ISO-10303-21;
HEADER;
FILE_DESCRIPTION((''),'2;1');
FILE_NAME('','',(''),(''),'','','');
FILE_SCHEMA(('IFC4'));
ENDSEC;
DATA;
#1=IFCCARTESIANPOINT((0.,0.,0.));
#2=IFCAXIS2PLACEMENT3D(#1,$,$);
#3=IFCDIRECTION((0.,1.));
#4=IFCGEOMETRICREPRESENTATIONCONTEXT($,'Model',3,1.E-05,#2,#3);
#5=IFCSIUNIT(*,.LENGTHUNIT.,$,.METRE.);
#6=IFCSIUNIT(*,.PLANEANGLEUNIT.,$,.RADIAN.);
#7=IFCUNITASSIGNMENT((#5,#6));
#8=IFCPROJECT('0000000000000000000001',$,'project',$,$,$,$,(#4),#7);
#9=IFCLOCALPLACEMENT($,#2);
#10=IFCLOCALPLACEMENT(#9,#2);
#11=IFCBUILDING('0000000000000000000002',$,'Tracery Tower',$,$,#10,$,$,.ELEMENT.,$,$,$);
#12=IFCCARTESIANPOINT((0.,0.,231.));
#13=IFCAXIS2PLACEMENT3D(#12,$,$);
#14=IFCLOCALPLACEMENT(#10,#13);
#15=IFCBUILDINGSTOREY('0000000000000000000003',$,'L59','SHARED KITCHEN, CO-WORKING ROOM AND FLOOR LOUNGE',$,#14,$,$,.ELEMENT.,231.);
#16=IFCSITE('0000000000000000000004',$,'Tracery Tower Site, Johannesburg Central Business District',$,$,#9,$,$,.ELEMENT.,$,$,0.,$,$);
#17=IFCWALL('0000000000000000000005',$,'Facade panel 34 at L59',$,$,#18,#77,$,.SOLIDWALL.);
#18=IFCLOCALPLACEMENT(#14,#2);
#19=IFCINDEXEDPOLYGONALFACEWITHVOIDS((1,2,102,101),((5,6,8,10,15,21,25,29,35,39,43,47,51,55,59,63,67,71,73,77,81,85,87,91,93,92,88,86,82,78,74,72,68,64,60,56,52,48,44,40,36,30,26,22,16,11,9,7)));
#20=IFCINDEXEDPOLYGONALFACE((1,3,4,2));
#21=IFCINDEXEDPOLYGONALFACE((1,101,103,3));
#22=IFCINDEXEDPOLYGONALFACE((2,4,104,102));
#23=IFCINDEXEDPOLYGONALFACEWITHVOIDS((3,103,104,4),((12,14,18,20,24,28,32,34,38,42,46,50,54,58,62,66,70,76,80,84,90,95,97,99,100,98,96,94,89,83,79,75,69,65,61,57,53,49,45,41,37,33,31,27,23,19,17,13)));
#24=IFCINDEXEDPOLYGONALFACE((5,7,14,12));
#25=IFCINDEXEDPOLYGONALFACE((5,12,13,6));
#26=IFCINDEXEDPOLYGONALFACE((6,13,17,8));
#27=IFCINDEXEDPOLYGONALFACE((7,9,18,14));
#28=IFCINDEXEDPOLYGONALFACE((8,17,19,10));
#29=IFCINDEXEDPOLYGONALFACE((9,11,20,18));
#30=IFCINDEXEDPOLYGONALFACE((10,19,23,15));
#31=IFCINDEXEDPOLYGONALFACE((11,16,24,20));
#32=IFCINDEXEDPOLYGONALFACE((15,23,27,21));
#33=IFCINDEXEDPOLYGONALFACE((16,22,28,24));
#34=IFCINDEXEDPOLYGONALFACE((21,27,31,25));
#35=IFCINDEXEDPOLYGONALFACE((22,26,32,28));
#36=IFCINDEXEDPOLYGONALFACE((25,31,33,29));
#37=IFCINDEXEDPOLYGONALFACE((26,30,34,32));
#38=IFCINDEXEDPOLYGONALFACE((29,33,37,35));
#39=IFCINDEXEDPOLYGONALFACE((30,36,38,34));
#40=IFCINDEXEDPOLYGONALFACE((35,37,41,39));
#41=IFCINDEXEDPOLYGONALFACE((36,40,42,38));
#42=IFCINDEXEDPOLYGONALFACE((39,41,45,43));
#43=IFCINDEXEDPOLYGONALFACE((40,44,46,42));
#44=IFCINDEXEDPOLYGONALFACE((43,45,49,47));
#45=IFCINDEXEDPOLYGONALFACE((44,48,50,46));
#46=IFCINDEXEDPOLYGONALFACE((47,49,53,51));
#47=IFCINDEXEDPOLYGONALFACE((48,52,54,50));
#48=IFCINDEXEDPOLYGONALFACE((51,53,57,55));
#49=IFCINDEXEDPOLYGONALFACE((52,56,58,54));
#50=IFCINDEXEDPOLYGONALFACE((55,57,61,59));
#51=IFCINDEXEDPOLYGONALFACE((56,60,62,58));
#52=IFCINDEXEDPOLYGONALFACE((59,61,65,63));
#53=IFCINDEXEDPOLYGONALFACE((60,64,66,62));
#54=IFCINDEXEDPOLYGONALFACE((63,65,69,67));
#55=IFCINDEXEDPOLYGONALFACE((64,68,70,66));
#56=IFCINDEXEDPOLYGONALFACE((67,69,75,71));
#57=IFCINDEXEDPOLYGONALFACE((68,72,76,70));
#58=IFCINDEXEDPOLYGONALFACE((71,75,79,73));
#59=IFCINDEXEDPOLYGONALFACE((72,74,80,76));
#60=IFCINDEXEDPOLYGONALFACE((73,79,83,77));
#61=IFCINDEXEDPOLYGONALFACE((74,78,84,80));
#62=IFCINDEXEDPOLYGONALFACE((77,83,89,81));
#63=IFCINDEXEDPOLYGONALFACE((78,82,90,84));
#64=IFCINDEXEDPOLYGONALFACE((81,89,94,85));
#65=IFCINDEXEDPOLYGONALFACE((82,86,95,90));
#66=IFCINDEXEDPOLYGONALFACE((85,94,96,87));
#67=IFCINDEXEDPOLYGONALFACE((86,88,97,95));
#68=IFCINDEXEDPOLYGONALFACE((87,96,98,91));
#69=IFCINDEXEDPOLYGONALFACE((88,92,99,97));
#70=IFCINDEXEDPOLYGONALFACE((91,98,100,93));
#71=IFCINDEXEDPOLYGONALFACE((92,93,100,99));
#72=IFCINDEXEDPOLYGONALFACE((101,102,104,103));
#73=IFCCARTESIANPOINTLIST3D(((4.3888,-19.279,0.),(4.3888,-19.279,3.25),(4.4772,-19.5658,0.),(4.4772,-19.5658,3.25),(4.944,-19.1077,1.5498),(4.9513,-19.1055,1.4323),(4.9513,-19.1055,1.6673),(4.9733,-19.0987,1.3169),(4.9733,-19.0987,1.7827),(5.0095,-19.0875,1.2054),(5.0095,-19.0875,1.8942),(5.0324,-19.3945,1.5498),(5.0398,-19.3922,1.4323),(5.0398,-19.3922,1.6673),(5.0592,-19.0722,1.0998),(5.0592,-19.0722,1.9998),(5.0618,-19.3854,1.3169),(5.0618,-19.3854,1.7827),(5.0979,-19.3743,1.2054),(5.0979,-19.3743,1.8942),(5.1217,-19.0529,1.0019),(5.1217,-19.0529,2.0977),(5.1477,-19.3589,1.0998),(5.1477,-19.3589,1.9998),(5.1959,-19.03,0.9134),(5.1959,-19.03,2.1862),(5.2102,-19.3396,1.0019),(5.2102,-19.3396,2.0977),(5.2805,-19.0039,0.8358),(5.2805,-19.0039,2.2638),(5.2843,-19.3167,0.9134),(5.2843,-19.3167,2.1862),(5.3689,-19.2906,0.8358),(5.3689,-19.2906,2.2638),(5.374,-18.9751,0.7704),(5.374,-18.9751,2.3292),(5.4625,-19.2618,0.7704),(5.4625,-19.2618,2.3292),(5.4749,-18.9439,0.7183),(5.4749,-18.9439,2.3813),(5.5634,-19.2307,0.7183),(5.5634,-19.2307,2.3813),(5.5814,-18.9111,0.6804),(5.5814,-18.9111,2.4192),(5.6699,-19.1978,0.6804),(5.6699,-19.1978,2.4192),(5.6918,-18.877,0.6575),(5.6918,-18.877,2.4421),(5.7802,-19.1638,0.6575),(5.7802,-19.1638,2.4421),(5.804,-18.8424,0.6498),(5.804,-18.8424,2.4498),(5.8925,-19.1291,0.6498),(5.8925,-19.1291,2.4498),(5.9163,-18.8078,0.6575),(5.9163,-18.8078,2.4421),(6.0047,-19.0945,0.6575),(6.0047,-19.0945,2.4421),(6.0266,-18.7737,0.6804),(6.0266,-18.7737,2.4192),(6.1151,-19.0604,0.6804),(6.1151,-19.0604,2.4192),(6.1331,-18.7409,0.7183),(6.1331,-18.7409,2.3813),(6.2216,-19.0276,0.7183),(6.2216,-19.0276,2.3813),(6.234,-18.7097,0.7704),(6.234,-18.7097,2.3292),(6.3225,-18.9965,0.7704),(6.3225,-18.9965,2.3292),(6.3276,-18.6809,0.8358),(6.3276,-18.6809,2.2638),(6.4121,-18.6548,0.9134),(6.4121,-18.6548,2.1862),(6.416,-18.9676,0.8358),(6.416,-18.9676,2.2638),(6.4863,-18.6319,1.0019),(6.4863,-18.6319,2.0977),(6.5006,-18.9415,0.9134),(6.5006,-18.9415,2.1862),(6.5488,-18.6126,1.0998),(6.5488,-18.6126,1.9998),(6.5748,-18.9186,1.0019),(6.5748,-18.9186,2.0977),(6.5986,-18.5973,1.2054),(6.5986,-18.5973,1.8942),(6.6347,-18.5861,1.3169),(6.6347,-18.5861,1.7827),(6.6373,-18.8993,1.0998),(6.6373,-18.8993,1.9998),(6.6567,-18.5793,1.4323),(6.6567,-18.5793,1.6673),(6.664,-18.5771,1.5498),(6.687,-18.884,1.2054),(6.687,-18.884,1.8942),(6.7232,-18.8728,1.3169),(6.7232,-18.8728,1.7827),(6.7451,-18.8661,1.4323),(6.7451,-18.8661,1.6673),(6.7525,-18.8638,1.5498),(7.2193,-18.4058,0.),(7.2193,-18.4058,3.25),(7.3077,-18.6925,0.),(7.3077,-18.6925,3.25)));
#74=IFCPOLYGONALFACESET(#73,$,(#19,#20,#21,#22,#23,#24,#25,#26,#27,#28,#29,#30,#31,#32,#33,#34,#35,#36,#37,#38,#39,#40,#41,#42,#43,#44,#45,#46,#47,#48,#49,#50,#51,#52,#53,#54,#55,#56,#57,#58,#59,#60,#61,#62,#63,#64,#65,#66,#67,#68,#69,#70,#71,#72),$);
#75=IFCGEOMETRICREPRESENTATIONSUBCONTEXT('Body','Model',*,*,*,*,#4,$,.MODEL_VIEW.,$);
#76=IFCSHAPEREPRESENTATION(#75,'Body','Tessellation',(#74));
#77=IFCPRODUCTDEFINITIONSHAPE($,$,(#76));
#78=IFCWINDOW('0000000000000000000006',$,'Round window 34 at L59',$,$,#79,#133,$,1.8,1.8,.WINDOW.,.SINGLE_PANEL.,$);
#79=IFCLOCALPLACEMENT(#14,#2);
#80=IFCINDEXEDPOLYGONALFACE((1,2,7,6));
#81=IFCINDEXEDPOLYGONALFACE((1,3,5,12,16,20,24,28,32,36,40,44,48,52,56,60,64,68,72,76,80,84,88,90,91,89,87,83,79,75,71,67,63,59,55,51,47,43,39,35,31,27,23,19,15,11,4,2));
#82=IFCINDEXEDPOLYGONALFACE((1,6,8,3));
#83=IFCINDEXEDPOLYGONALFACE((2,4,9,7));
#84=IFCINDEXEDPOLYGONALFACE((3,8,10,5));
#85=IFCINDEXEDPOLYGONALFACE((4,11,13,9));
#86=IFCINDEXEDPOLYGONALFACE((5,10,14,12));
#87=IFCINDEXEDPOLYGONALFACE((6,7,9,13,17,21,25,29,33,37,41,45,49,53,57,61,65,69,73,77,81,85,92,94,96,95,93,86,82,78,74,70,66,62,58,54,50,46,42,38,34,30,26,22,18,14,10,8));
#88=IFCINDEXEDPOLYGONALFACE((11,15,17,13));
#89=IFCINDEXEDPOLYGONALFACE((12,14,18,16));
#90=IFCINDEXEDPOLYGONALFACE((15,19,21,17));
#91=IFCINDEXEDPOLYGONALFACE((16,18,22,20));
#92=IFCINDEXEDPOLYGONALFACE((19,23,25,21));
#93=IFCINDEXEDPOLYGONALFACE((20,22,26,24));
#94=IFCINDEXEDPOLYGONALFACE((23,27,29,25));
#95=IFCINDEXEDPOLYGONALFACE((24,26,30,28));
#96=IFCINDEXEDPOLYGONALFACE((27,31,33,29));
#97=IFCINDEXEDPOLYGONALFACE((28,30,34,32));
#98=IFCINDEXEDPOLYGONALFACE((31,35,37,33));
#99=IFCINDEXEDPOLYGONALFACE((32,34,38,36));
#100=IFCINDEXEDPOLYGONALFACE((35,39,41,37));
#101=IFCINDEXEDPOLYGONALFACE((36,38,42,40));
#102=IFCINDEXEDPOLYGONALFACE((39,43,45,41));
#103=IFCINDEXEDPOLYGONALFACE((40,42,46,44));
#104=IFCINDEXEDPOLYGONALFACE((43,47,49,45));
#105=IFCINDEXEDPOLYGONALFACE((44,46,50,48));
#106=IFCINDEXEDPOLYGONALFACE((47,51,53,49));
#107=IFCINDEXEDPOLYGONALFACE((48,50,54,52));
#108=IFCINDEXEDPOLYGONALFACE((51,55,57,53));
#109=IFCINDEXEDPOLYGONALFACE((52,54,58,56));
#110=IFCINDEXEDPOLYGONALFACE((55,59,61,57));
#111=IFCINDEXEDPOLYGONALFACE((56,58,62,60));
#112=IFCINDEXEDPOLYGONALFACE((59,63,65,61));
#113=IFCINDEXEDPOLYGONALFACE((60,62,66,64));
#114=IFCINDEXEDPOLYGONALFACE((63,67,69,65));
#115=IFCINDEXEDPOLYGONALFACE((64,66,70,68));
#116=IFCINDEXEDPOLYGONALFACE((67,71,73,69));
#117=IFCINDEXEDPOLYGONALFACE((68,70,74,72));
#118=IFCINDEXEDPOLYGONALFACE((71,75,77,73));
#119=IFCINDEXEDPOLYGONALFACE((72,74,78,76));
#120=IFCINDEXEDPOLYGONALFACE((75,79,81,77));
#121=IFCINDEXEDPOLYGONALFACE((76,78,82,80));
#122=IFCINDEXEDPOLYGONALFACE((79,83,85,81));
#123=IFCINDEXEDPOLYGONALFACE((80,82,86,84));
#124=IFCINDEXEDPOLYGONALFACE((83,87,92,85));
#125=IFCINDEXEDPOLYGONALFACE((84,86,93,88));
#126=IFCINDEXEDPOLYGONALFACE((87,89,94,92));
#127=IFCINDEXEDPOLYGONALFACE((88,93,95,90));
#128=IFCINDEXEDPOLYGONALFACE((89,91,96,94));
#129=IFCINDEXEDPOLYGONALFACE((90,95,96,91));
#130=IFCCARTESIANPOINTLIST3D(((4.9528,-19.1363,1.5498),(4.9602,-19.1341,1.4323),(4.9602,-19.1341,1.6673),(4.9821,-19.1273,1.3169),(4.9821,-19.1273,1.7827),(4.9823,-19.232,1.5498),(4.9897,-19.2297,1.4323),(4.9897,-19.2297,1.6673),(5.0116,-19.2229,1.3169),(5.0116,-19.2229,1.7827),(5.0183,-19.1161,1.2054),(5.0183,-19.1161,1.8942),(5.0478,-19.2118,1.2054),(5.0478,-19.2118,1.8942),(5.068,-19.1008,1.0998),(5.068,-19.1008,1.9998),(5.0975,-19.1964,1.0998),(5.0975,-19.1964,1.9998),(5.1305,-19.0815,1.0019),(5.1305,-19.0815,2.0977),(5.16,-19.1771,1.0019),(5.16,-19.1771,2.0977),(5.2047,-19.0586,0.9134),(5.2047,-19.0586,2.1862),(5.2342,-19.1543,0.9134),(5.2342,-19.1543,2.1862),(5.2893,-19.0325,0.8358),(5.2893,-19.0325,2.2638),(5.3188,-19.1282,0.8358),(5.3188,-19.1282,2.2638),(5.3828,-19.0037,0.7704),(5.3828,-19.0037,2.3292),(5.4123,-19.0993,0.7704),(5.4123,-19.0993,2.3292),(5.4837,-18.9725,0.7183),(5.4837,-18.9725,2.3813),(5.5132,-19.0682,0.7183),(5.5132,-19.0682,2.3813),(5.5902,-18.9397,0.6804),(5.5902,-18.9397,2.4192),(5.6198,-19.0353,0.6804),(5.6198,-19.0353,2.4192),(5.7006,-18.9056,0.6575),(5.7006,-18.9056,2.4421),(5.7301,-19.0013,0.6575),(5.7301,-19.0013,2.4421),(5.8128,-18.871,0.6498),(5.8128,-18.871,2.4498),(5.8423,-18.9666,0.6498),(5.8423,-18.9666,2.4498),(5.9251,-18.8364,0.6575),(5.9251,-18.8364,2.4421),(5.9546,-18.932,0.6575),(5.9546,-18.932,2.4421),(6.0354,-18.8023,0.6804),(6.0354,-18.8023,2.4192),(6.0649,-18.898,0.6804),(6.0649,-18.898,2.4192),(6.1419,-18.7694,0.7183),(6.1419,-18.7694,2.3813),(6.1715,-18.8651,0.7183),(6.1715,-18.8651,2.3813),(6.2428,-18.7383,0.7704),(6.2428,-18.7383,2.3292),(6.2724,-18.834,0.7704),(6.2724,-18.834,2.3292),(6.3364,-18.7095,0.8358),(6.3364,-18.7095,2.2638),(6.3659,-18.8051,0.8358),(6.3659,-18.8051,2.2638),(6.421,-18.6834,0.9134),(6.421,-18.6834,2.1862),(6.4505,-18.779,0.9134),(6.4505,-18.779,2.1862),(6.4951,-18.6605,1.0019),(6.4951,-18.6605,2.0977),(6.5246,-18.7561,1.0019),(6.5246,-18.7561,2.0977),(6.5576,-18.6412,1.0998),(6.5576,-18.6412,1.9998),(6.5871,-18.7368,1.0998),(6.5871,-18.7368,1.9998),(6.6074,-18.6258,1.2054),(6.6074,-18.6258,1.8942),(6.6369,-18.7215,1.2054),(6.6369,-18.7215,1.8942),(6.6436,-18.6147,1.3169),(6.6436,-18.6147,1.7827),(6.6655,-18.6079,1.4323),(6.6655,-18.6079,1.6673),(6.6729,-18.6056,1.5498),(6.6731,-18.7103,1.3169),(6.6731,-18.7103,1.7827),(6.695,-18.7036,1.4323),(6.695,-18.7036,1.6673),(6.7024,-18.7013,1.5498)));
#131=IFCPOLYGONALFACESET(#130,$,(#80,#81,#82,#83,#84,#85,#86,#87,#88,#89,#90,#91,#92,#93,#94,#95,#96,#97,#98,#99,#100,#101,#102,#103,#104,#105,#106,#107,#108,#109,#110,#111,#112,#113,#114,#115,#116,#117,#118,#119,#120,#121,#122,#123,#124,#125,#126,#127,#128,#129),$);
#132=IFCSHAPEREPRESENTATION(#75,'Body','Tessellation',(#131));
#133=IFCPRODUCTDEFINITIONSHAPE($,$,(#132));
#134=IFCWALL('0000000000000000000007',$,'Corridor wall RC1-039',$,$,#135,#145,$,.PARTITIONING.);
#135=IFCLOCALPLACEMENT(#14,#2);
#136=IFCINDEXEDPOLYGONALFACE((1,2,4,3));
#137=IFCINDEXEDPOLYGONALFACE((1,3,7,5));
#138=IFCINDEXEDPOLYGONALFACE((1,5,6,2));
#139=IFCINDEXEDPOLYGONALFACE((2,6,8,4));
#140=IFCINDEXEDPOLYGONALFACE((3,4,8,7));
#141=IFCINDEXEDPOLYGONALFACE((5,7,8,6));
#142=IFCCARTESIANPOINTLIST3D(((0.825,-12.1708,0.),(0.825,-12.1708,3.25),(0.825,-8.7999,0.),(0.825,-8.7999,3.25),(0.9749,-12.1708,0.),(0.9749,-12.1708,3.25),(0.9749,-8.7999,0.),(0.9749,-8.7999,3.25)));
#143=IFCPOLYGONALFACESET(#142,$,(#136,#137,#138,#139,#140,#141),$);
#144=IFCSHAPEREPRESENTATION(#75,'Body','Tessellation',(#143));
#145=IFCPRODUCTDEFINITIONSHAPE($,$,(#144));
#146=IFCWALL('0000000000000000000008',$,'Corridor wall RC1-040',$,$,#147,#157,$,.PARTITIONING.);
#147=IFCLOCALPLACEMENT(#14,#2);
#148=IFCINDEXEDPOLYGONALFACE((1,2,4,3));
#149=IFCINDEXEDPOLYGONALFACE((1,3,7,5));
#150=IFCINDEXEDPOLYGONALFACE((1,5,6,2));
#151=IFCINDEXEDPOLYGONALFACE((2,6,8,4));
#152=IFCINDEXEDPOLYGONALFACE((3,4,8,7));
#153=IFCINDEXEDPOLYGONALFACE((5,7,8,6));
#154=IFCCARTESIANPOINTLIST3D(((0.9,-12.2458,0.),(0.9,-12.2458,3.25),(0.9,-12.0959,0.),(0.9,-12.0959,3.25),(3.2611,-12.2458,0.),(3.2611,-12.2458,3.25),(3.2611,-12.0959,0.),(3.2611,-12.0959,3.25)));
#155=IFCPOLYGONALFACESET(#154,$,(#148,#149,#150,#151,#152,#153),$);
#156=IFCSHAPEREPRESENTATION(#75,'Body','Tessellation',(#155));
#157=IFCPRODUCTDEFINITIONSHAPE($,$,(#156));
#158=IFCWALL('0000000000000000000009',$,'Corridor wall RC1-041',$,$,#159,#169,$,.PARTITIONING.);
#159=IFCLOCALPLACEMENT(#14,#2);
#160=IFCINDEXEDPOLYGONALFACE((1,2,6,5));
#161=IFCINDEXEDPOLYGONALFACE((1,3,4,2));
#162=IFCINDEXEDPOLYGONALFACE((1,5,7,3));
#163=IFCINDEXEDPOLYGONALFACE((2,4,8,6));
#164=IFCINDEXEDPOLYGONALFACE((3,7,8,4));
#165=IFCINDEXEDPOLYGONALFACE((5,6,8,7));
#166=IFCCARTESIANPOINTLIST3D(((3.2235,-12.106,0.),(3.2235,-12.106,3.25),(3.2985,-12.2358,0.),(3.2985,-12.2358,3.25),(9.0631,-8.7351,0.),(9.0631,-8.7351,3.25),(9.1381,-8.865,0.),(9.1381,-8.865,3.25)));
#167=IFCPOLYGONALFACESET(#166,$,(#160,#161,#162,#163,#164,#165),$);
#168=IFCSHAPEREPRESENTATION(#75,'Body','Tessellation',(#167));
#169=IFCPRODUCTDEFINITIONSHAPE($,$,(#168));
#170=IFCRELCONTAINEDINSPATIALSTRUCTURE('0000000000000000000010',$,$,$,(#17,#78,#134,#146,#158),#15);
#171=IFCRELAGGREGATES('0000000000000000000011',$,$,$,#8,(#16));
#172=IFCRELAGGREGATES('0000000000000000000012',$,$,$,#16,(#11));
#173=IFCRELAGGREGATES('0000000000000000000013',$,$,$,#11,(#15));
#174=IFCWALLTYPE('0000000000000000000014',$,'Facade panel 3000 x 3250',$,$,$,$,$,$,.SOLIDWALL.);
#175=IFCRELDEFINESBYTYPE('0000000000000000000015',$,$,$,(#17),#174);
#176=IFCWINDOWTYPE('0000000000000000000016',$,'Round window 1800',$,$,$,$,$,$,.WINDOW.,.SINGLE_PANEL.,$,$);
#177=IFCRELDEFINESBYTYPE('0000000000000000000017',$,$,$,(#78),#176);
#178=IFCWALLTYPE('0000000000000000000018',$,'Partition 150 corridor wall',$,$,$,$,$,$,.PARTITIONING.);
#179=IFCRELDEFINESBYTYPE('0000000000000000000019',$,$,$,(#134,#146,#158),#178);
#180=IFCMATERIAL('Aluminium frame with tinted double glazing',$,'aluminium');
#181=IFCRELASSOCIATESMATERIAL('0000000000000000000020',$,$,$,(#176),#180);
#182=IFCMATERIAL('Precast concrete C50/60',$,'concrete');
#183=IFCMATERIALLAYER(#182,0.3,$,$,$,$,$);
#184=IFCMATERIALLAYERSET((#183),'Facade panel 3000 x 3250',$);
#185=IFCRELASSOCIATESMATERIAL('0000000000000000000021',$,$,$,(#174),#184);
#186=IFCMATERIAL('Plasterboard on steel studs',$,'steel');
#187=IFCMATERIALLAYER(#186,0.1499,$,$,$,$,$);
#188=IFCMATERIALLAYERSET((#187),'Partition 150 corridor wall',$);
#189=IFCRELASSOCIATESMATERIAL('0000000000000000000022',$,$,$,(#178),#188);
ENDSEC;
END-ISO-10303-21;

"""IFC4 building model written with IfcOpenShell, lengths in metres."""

from ifc_helpers import new_model, si_unit, direction, frame, frame_2d, origin, origin_2d, place, context, subcontext, project, spatial, rectangle, circle, extrude, material, layer, layer_set, type_object, element, fill, save


model = new_model("IFC4")

# Units and contexts
model_context = context("Model", 3, precision=1e-05, world=origin(), true_north=direction((0.0, 1.0)))
body_context = subcontext(model_context, "Body", "Model", "MODEL_VIEW")
ifc_project = project(units=[si_unit("LENGTHUNIT", "METRE"), si_unit("PLANEANGLEUNIT", "RADIAN")], contexts=[model_context])

# Site, building, storey
site_placement = place(None, origin())
site = spatial("IfcSite", under=ifc_project, at=site_placement, Name="Tracery Tower Site, Johannesburg Central Business District", CompositionType="ELEMENT", RefElevation=0.0)
building_placement = place(site_placement, origin())
building = spatial("IfcBuilding", under=site, at=building_placement, Name="Tracery Tower", CompositionType="ELEMENT")
storey_placement = place(building_placement, frame((0.0, 0.0, 231.0)))
storey = spatial("IfcBuildingStorey", under=building, at=storey_placement, Name="L59", Description="SHARED KITCHEN, CO-WORKING ROOM AND FLOOR LOUNGE", CompositionType="ELEMENT", Elevation=231.0)

# Wall, opening, window
ifc_material_1 = material(Name="Aluminium frame with tinted double glazing", Category="aluminium")
window_type = type_object("IfcWindowType", Name="Round window 1800", PartitioningType="SINGLE_PANEL", PredefinedType="WINDOW", material=ifc_material_1)
ifc_material_2 = material(Name="Precast concrete C50/60", Category="concrete")
ifc_layer_1 = layer(ifc_material_2, 0.3)
ifc_layer_set_1 = layer_set([ifc_layer_1], Name="Facade panel 3000 x 3250")
wall_type_1 = type_object("IfcWallType", Name="Facade panel 3000 x 3250", PredefinedType="SOLIDWALL", material=ifc_layer_set_1)
wall_1_placement = place(storey_placement, frame((4.4331, -19.4224, 0.0), z_axis=(0.0, 0.0, 1.0), x_axis=(0.955556, 0.29481, 0.0)))
wall_1 = element("IfcWall", 1, at=wall_1_placement, inside=storey, type_object=wall_type_1, Name="Facade panel 34 at L59", PredefinedType="SOLIDWALL", context=body_context, shape_type="SweptSolid", body=[
    extrude(rectangle(XDim=2.9622, YDim=0.3, at=frame_2d((1.481, 0.0))), origin(), (0.0, 0.0, 1.0), 3.25),
])
opening_1_placement = place(wall_1_placement, frame((1.481, 0.0, 1.5498)))
opening_1 = element("IfcOpeningElement", 2, at=opening_1_placement, cuts=wall_1, PredefinedType="OPENING", context=body_context, shape_type="SweptSolid", body=[
    extrude(circle(Radius=0.9, at=origin_2d()), frame((0.0, 0.1599, 0.0), z_axis=(0.0, -1.0, 0.0), x_axis=(1.0, 0.0, 0.0)), (0.0, 0.0, 1.0), 0.3201),
])
window_1_placement = place(opening_1_placement, origin())
window_1 = element("IfcWindow", 3, at=window_1_placement, inside=storey, type_object=window_type, Name="Round window 34 at L59", OverallHeight=1.8, OverallWidth=1.8, PartitioningType="SINGLE_PANEL", PredefinedType="WINDOW", context=body_context, shape_type="SweptSolid", body=[
    extrude(circle(Radius=0.9, at=origin_2d()), frame((0.0, 0.1201, 0.0), z_axis=(0.0, -1.0, 0.0), x_axis=(1.0, 0.0, 0.0)), (0.0, 0.0, 1.0), 0.1001),
])
fill(opening_1, window_1)

# Walls
ifc_material_3 = material(Name="Plasterboard on steel studs", Category="steel")
ifc_layer_2 = layer(ifc_material_3, 0.1499)
ifc_layer_set_2 = layer_set([ifc_layer_2], Name="Partition 150 corridor wall")
wall_type_2 = type_object("IfcWallType", Name="Partition 150 corridor wall", PredefinedType="PARTITIONING", material=ifc_layer_set_2)
wall_2_placement = place(storey_placement, frame((0.8999, -12.1709, 0.0), z_axis=(0.0, 0.0, 1.0), x_axis=(0.0, 1.0, 0.0)))
element("IfcWall", 4, at=wall_2_placement, inside=storey, type_object=wall_type_2, Name="Corridor wall RC1-039", PredefinedType="PARTITIONING", context=body_context, shape_type="SweptSolid", body=[
    extrude(rectangle(XDim=3.3708, YDim=0.1499, at=frame_2d((1.6855, 0.0))), origin(), (0.0, 0.0, 1.0), 3.25),
])
wall_3_placement = place(storey_placement, frame((0.8999, -12.1709, 0.0), z_axis=(0.0, 0.0, 1.0), x_axis=(1.0, 0.0, 0.0)))
element("IfcWall", 5, at=wall_3_placement, inside=storey, type_object=wall_type_2, Name="Corridor wall RC1-040", PredefinedType="PARTITIONING", context=body_context, shape_type="SweptSolid", body=[
    extrude(rectangle(XDim=2.3611, YDim=0.1499, at=frame_2d((1.1807, 0.0))), origin(), (0.0, 0.0, 1.0), 3.25),
])
wall_4_placement = place(storey_placement, frame((3.261, -12.1709, 0.0), z_axis=(0.0, 0.0, 1.0), x_axis=(0.866067, 0.499928, 0.0)))
element("IfcWall", 6, at=wall_4_placement, inside=storey, type_object=wall_type_2, Name="Corridor wall RC1-041", PredefinedType="PARTITIONING", context=body_context, shape_type="SweptSolid", body=[
    extrude(rectangle(XDim=6.7427, YDim=0.1499, at=frame_2d((3.3713, 0.0))), origin(), (0.0, 0.0, 1.0), 3.25),
])

save(model, "model.ifc")
